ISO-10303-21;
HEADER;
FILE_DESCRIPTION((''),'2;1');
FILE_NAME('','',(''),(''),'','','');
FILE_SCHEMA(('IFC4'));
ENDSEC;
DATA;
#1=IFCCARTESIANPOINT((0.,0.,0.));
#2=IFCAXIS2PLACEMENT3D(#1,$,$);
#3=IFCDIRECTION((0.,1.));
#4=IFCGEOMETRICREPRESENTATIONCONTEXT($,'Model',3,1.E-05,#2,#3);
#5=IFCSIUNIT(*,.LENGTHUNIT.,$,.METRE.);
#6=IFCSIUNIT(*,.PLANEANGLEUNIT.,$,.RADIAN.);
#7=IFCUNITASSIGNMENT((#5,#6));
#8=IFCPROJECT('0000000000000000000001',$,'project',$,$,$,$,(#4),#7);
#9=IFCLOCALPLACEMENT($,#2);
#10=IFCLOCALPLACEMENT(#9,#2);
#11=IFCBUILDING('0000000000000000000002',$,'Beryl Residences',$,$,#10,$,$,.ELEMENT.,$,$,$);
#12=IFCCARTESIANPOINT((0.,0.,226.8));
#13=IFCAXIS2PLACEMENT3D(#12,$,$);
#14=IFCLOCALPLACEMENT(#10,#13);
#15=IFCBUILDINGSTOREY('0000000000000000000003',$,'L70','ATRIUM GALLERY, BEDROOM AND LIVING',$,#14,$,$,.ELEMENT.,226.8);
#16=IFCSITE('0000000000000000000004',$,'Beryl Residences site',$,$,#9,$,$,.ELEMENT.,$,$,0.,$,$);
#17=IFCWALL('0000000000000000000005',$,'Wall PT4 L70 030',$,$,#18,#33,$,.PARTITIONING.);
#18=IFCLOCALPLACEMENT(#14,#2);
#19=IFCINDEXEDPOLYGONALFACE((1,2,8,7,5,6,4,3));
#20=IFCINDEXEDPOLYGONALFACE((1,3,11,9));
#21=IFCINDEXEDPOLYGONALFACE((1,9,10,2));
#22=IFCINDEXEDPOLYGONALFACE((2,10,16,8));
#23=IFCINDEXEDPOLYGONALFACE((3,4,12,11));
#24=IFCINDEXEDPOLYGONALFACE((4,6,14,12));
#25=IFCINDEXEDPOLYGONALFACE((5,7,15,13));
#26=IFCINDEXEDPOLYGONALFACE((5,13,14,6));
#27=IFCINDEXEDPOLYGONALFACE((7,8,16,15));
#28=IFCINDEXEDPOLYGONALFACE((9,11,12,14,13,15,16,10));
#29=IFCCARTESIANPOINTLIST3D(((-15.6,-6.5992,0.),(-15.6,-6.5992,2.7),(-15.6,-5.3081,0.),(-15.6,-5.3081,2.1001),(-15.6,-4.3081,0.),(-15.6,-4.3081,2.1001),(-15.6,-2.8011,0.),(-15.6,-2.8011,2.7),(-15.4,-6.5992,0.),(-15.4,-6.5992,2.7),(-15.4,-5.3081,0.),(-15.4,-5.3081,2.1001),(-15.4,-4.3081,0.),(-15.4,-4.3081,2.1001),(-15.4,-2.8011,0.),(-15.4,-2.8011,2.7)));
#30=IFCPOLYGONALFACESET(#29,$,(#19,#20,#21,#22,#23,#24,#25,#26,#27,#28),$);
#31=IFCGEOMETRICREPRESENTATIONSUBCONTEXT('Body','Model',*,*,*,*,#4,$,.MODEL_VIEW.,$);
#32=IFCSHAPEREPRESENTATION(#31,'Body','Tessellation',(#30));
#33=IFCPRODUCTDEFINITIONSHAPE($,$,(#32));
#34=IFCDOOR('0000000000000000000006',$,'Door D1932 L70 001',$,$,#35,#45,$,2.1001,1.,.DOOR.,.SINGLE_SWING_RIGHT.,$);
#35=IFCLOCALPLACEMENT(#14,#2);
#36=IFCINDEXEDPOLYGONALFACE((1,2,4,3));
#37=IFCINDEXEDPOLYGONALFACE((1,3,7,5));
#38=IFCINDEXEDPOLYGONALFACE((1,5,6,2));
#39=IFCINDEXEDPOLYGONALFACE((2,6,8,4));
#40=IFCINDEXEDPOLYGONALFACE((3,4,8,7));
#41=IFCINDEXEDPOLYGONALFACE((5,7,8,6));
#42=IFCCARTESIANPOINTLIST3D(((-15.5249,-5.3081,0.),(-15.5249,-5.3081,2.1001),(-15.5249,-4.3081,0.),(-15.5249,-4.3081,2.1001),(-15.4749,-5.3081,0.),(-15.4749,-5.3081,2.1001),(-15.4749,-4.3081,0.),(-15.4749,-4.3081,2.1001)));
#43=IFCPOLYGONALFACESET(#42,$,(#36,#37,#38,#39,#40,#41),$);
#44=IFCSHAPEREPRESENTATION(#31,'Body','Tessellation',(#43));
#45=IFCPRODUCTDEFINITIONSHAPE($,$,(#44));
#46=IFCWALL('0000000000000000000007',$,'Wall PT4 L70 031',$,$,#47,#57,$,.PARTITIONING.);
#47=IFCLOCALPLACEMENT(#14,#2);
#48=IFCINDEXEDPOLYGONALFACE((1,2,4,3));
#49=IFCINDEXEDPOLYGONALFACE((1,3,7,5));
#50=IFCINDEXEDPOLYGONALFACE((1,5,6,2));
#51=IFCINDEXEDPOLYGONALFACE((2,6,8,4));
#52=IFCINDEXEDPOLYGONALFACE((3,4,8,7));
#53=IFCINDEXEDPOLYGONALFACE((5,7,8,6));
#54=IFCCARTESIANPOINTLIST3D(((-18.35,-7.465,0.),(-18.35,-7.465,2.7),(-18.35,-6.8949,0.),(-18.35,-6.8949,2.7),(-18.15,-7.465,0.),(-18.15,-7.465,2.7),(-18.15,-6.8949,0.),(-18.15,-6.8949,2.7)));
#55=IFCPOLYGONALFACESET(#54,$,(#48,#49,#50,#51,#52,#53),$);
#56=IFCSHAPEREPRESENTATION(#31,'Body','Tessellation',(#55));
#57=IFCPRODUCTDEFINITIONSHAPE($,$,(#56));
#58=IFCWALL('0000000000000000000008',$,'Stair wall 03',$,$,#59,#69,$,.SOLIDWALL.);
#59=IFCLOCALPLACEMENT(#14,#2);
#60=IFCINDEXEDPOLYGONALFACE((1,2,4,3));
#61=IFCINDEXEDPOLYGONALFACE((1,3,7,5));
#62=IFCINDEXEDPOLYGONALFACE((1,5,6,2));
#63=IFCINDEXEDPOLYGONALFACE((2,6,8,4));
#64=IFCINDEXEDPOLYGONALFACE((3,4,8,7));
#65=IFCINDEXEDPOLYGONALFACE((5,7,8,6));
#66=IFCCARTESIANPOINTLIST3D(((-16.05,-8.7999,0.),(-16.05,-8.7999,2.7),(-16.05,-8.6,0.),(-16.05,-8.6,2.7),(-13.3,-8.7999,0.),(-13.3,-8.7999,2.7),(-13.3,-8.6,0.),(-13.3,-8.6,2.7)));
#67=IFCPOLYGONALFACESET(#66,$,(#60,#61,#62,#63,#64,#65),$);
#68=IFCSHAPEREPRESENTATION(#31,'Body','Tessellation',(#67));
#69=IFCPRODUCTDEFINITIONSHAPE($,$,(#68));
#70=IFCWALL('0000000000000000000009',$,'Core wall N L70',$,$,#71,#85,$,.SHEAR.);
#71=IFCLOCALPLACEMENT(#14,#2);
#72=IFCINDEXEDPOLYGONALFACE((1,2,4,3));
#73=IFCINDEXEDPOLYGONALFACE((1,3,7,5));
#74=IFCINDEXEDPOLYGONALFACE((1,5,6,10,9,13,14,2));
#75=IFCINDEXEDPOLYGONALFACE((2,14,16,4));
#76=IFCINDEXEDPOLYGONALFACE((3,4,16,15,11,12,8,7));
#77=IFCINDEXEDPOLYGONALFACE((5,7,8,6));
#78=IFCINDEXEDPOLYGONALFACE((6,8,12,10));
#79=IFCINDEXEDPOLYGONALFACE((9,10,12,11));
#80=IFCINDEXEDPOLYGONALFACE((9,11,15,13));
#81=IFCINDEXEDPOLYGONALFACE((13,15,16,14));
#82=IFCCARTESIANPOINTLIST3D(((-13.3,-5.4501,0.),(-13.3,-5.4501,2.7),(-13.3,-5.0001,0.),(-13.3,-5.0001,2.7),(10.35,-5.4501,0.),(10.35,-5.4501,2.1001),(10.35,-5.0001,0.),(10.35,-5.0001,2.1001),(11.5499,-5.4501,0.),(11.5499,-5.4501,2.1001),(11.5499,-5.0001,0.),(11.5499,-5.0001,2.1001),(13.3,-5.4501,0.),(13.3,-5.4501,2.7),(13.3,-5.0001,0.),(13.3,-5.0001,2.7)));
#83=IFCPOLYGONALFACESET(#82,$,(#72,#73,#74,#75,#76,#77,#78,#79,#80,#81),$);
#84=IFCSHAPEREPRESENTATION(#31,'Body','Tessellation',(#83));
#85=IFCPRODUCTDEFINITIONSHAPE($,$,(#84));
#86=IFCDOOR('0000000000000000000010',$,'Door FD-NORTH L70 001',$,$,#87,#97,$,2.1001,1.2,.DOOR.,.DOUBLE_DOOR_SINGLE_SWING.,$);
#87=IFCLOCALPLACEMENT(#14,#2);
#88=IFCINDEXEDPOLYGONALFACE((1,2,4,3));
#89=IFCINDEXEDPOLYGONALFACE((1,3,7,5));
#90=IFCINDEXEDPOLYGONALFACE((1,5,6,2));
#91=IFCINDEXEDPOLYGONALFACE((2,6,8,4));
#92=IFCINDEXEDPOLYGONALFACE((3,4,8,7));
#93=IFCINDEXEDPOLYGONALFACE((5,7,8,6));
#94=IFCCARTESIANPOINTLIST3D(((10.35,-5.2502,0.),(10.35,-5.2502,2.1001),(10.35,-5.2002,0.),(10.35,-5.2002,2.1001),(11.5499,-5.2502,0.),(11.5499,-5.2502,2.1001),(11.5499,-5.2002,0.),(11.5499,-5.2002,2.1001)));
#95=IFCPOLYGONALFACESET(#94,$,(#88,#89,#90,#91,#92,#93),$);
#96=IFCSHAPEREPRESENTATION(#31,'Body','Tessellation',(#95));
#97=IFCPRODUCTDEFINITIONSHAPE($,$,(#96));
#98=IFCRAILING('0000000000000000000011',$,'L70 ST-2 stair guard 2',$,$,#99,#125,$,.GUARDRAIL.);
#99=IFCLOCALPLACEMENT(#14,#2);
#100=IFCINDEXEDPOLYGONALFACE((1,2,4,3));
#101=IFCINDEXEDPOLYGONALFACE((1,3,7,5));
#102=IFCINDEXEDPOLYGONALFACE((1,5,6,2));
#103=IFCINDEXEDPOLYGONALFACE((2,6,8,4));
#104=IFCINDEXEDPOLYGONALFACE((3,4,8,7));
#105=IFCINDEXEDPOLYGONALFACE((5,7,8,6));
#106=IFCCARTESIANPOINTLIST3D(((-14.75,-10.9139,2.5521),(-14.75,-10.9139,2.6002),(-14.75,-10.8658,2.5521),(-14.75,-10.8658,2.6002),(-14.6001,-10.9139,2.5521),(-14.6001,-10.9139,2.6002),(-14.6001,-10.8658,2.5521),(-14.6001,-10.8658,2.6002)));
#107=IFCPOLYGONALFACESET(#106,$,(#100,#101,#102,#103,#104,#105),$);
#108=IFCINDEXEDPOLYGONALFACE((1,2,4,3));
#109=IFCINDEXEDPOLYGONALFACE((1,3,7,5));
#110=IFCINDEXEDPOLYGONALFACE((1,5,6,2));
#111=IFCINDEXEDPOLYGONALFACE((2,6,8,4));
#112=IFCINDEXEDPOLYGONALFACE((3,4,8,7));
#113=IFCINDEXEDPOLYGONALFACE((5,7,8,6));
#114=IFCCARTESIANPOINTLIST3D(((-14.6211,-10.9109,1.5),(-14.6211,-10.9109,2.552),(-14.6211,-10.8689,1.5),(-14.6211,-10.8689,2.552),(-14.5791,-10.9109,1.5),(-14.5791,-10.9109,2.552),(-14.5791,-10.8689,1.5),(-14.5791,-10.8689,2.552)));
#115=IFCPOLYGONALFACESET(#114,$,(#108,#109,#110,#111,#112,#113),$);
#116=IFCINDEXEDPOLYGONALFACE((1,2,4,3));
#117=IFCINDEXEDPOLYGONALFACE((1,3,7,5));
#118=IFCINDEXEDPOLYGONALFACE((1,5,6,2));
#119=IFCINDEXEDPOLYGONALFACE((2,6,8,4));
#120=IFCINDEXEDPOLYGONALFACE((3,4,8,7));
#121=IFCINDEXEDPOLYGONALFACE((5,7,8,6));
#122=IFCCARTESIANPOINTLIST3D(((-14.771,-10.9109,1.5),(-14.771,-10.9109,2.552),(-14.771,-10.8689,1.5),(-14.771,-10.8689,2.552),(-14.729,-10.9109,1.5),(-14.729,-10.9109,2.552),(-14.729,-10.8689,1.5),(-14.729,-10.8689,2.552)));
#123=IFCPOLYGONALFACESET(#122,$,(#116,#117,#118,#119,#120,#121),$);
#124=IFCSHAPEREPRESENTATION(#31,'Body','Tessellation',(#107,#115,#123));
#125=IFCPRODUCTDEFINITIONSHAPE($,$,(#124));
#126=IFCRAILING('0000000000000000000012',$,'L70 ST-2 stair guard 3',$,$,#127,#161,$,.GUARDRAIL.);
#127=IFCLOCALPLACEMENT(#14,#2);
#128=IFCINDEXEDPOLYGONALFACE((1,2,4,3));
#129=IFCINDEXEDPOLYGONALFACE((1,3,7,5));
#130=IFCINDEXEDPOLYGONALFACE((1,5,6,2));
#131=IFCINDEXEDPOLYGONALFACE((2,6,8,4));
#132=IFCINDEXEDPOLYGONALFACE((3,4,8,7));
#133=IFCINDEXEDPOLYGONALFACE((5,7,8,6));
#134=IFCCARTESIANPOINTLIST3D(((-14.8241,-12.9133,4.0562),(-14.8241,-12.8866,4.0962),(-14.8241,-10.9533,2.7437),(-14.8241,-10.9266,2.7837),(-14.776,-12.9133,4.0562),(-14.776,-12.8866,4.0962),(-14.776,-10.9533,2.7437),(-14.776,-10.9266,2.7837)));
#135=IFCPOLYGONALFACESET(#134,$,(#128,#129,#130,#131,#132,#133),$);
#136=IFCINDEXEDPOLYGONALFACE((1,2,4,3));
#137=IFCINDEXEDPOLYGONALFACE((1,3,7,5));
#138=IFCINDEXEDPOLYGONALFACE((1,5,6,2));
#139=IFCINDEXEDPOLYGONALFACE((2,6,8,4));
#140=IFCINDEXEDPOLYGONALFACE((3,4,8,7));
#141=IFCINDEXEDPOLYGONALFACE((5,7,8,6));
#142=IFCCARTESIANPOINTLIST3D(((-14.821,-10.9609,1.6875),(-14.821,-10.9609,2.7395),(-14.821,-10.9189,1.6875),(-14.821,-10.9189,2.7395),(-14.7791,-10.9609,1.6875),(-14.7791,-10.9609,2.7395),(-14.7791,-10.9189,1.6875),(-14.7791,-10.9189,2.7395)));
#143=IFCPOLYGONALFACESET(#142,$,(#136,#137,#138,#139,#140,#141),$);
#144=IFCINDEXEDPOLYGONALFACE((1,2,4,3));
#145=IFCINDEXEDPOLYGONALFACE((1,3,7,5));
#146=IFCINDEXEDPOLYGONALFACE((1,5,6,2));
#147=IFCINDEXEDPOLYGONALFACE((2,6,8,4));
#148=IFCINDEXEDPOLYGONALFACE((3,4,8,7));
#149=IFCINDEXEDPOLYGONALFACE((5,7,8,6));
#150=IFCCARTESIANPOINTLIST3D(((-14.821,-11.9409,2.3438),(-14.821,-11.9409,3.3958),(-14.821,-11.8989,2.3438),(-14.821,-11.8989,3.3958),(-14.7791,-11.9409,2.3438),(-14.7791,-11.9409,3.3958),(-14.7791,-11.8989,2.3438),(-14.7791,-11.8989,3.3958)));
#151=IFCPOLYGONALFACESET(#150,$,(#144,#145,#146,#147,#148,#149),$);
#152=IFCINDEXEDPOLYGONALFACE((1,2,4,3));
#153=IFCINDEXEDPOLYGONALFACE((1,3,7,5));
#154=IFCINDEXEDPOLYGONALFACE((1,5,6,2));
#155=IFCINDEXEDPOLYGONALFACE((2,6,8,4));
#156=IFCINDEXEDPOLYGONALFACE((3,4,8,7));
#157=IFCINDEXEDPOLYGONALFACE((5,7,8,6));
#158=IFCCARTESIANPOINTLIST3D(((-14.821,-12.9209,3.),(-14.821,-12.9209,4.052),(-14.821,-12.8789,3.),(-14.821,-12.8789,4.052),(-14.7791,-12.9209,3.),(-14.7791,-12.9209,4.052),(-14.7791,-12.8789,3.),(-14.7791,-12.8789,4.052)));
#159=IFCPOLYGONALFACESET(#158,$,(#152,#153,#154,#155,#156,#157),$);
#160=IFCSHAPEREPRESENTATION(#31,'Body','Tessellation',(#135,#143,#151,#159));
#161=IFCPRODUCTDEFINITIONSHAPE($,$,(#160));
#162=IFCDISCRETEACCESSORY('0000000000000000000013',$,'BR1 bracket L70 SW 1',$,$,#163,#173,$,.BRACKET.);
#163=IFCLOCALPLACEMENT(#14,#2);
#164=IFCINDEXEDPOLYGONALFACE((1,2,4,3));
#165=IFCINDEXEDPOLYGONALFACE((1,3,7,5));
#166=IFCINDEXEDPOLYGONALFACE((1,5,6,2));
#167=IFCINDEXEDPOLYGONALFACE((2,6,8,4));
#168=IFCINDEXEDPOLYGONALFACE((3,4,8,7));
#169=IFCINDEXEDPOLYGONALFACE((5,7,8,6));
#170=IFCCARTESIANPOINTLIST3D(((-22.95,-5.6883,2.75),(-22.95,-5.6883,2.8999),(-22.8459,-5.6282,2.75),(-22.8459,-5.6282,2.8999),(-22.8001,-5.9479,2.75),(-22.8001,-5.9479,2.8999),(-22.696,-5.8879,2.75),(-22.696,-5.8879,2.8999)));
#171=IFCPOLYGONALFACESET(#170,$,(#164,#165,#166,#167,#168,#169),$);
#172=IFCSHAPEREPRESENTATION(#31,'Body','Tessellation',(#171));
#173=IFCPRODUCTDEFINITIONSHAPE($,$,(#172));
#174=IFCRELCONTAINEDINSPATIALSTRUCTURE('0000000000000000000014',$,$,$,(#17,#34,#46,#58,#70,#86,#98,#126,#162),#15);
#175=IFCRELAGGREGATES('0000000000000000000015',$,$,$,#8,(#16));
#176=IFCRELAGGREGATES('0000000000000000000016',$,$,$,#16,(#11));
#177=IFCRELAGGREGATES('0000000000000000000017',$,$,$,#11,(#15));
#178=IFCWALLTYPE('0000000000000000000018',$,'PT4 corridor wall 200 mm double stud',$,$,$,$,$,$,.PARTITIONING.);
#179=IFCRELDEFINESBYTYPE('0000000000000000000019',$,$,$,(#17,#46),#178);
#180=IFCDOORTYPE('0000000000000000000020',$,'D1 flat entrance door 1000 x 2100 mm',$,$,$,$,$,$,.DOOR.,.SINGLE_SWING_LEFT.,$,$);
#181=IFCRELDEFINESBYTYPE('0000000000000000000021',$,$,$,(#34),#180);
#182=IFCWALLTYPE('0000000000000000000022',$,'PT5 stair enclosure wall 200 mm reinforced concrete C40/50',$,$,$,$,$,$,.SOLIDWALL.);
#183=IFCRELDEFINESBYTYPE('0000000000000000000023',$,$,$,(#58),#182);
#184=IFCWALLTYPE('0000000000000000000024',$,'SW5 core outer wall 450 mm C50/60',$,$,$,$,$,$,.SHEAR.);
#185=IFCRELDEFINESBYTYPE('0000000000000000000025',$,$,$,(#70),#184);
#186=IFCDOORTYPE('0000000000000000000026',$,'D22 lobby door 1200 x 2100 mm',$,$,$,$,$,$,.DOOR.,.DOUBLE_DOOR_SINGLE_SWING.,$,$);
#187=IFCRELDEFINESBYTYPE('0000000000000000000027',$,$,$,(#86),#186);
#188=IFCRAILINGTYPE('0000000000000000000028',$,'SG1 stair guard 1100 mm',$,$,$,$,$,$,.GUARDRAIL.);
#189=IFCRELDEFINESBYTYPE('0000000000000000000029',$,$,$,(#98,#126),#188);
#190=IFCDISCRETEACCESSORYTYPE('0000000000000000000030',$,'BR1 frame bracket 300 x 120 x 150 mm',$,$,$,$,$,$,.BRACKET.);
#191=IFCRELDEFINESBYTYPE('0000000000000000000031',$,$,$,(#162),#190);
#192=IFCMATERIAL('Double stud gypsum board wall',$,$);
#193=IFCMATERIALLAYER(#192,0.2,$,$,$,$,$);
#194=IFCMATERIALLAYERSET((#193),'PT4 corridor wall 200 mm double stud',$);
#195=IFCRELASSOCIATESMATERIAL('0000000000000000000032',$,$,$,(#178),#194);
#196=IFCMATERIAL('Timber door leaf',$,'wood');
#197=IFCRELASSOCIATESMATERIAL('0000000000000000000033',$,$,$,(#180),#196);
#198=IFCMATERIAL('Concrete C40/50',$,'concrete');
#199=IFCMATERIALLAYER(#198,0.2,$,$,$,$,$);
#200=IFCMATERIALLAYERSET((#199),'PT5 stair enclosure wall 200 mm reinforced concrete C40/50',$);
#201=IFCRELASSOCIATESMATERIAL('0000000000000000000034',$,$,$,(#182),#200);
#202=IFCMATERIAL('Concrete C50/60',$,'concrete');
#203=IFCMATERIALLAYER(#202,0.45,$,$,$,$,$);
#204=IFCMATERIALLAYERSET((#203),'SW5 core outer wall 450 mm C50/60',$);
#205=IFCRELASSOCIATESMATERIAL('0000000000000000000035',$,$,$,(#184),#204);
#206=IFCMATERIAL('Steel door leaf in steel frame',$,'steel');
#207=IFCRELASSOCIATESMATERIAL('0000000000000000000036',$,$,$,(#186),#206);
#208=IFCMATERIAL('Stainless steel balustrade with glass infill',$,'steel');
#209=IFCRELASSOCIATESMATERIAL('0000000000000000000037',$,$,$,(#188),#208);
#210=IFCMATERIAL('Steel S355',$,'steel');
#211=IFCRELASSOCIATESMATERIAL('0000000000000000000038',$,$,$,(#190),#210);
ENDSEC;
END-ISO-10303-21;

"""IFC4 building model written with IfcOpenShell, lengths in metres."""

from ifc_helpers import new_model, si_unit, direction, frame, frame_2d, origin, origin_2d, place, context, subcontext, project, spatial, polyline, rectangle, outline, extrude, source, transform, mapped, material, layer, layer_set, type_object, type_shapes, element, fill, save


model = new_model("IFC4")

# Units and contexts
model_context = context("Model", 3, precision=1e-05, world=origin(), true_north=direction((0.0, 1.0)))
body_context = subcontext(model_context, "Body", "Model", "MODEL_VIEW")
ifc_project = project(units=[si_unit("LENGTHUNIT", "METRE"), si_unit("PLANEANGLEUNIT", "RADIAN")], contexts=[model_context])

# Site, building, storey
site_placement = place(None, origin())
site = spatial("IfcSite", under=ifc_project, at=site_placement, Name="Beryl Residences site", CompositionType="ELEMENT", RefElevation=0.0)
building_placement = place(site_placement, origin())
building = spatial("IfcBuilding", under=site, at=building_placement, Name="Beryl Residences", CompositionType="ELEMENT")
storey_placement = place(building_placement, frame((0.0, 0.0, 226.8)))
storey = spatial("IfcBuildingStorey", under=building, at=storey_placement, Name="L70", Description="ATRIUM GALLERY, BEDROOM AND LIVING", CompositionType="ELEMENT", Elevation=226.8)

# Shared definitions
ifc_material_1 = material(Name="Double stud gypsum board wall")
ifc_layer_1 = layer(ifc_material_1, 0.2)
ifc_layer_set_1 = layer_set([ifc_layer_1], Name="PT4 corridor wall 200 mm double stud")
wall_type_1 = type_object("IfcWallType", Name="PT4 corridor wall 200 mm double stud", PredefinedType="PARTITIONING", material=ifc_layer_set_1)

# Wall, opening, door
wall_1_placement = place(storey_placement, frame((-15.5, -6.5991, 0.0), z_axis=(0.0, 0.0, 1.0), x_axis=(0.0, 1.0, 0.0)))
wall_1 = element("IfcWall", 1, at=wall_1_placement, inside=storey, type_object=wall_type_1, Name="Wall PT4 L70 030", PredefinedType="PARTITIONING", context=body_context, shape_type="SweptSolid", body=[
    extrude(rectangle(XDim=3.7981, YDim=0.2, at=frame_2d((1.8989, 0.0))), origin(), (0.0, 0.0, 1.0), 2.7),
])
opening_1_placement = place(wall_1_placement, frame((1.291, 0.0, 0.0)))
opening_1 = element("IfcOpeningElement", 2, at=opening_1_placement, cuts=wall_1, PredefinedType="OPENING", context=body_context, shape_type="SweptSolid", body=[
    extrude(rectangle(XDim=1.0, YDim=2.1001, at=frame_2d((0.5, 1.05))), frame((0.0, 0.1099, 0.0), z_axis=(0.0, -1.0, 0.0), x_axis=(1.0, 0.0, 0.0)), (0.0, 0.0, 1.0), 0.22),
])
ifc_material_2 = material(Name="Timber door leaf", Category="wood")
door_type_1 = type_object("IfcDoorType", Name="D1 flat entrance door 1000 x 2100 mm", OperationType="SINGLE_SWING_LEFT", PredefinedType="DOOR", material=ifc_material_2)
door_1_placement = place(opening_1_placement, origin())
door_1 = element("IfcDoor", 3, at=door_1_placement, inside=storey, type_object=door_type_1, Name="Door D1932 L70 001", OperationType="SINGLE_SWING_RIGHT", OverallHeight=2.1001, OverallWidth=1.0, PredefinedType="DOOR", context=body_context, shape_type="SweptSolid", body=[
    extrude(rectangle(XDim=1.0, YDim=2.1001, at=frame_2d((0.5, 1.05))), frame((0.0, 0.0249, 0.0), z_axis=(0.0, -1.0, 0.0), x_axis=(1.0, 0.0, 0.0)), (0.0, 0.0, 1.0), 0.05),
])
fill(opening_1, door_1)

# Walls
wall_2_placement = place(storey_placement, frame((-18.25, -7.4651, 0.0), z_axis=(0.0, 0.0, 1.0), x_axis=(0.0, 1.0, 0.0)))
element("IfcWall", 4, at=wall_2_placement, inside=storey, type_object=wall_type_1, Name="Wall PT4 L70 031", PredefinedType="PARTITIONING", context=body_context, shape_type="SweptSolid", body=[
    extrude(rectangle(XDim=0.5701, YDim=0.2, at=frame_2d((0.2852, 0.0))), origin(), (0.0, 0.0, 1.0), 2.7),
])
ifc_material_3 = material(Name="Concrete C40/50", Category="concrete")
ifc_layer_2 = layer(ifc_material_3, 0.2)
ifc_layer_set_2 = layer_set([ifc_layer_2], Name="PT5 stair enclosure wall 200 mm reinforced concrete C40/50")
wall_type_2 = type_object("IfcWallType", Name="PT5 stair enclosure wall 200 mm reinforced concrete C40/50", PredefinedType="SOLIDWALL", material=ifc_layer_set_2)
wall_3_placement = place(storey_placement, frame((-16.05, -8.7, 0.0), z_axis=(0.0, 0.0, 1.0), x_axis=(1.0, 0.0, 0.0)))
element("IfcWall", 5, at=wall_3_placement, inside=storey, type_object=wall_type_2, Name="Stair wall 03", PredefinedType="SOLIDWALL", context=body_context, shape_type="SweptSolid", body=[
    extrude(rectangle(XDim=2.75, YDim=0.2, at=frame_2d((1.375, 0.0))), origin(), (0.0, 0.0, 1.0), 2.7),
])

# Wall, opening, door
ifc_material_4 = material(Name="Concrete C50/60", Category="concrete")
ifc_layer_3 = layer(ifc_material_4, 0.45)
ifc_layer_set_3 = layer_set([ifc_layer_3], Name="SW5 core outer wall 450 mm C50/60")
wall_type_3 = type_object("IfcWallType", Name="SW5 core outer wall 450 mm C50/60", PredefinedType="SHEAR", material=ifc_layer_set_3)
wall_4_placement = place(storey_placement, frame((-13.3, -5.2251, 0.0), z_axis=(0.0, 0.0, 1.0), x_axis=(1.0, 0.0, 0.0)))
wall_4 = element("IfcWall", 6, at=wall_4_placement, inside=storey, type_object=wall_type_3, Name="Core wall N L70", PredefinedType="SHEAR", context=body_context, shape_type="SweptSolid", body=[
    extrude(rectangle(XDim=26.6001, YDim=0.45, at=frame_2d((13.3, 0.0))), origin(), (0.0, 0.0, 1.0), 2.7),
])
opening_2_placement = place(wall_4_placement, frame((23.6499, 0.0, 0.0)))
opening_2 = element("IfcOpeningElement", 7, at=opening_2_placement, cuts=wall_4, PredefinedType="OPENING", context=body_context, shape_type="SweptSolid", body=[
    extrude(rectangle(XDim=1.2, YDim=2.1001, at=frame_2d((0.6001, 1.05))), frame((0.0, 0.2349, 0.0), z_axis=(0.0, -1.0, 0.0), x_axis=(1.0, 0.0, 0.0)), (0.0, 0.0, 1.0), 0.47),
])
ifc_material_5 = material(Name="Steel door leaf in steel frame", Category="steel")
door_type_2 = type_object("IfcDoorType", Name="D22 lobby door 1200 x 2100 mm", OperationType="DOUBLE_DOOR_SINGLE_SWING", PredefinedType="DOOR", material=ifc_material_5)
door_2_placement = place(opening_2_placement, origin())
door_2 = element("IfcDoor", 8, at=door_2_placement, inside=storey, type_object=door_type_2, Name="Door FD-NORTH L70 001", OperationType="DOUBLE_DOOR_SINGLE_SWING", OverallHeight=2.1001, OverallWidth=1.2, PredefinedType="DOOR", context=body_context, shape_type="SweptSolid", body=[
    extrude(rectangle(XDim=1.2, YDim=2.1001, at=frame_2d((0.6001, 1.05))), frame((0.0, 0.0249, 0.0), z_axis=(0.0, -1.0, 0.0), x_axis=(1.0, 0.0, 0.0)), (0.0, 0.0, 1.0), 0.05),
])
fill(opening_2, door_2)

# Railings
ifc_material_6 = material(Name="Stainless steel balustrade with glass infill", Category="steel")
railing_type = type_object("IfcRailingType", Name="SG1 stair guard 1100 mm", PredefinedType="GUARDRAIL", material=ifc_material_6)
railing_1_placement = place(storey_placement, frame((-14.6001, -10.8899, 1.5)))
element("IfcRailing", 9, at=railing_1_placement, inside=storey, type_object=railing_type, Name="L70 ST-2 stair guard 2", PredefinedType="GUARDRAIL", context=body_context, shape_type="SweptSolid", body=[
    extrude(rectangle(XDim=0.0481, YDim=0.0481, at=origin_2d()), frame((0.0, 0.0, 1.0762), z_axis=(-1.0, 0.0, 0.0), x_axis=(0.0, -1.0, 0.0)), (0.0, 0.0, 1.0), 0.1499),
    extrude(rectangle(XDim=0.042, YDim=0.042, at=origin_2d()), origin(), (0.0, 0.0, 1.0), 1.052),
    extrude(rectangle(XDim=0.042, YDim=0.042, at=origin_2d()), frame((-0.1499, 0.0, 0.0)), (0.0, 0.0, 1.0), 1.052),
])
railing_2_placement = place(storey_placement, frame((-14.8, -10.9399, 1.6875)))
element("IfcRailing", 10, at=railing_2_placement, inside=storey, type_object=railing_type, Name="L70 ST-2 stair guard 3", PredefinedType="GUARDRAIL", context=body_context, shape_type="SweptSolid", body=[
    extrude(rectangle(XDim=0.0481, YDim=0.0481, at=origin_2d()), frame((0.0, 0.0, 1.0762), z_axis=(0.0, -0.830902, 0.556419), x_axis=(1.0, 0.0, 0.0)), (0.0, 0.0, 1.0), 2.3589),
    extrude(rectangle(XDim=0.042, YDim=0.042, at=origin_2d()), origin(), (0.0, 0.0, 1.0), 1.052),
    extrude(rectangle(XDim=0.042, YDim=0.042, at=origin_2d()), frame((0.0, -0.98, 0.6562)), (0.0, 0.0, 1.0), 1.052),
    extrude(rectangle(XDim=0.042, YDim=0.042, at=origin_2d()), frame((0.0, -1.96, 1.3125)), (0.0, 0.0, 1.0), 1.052),
])

# Discrete accessory
ifc_material_7 = material(Name="Steel S355", Category="steel")
discrete_accessory_type = type_object("IfcDiscreteAccessoryType", Name="BR1 frame bracket 300 x 120 x 150 mm", PredefinedType="BRACKET", material=ifc_material_7)
shared_shape_1 = source(origin(), body_context, "Body", "SweptSolid", [
    extrude(outline(polyline([(-0.1499, 0.0), (0.1499, 0.0), (0.1499, 0.1201), (-0.1499, 0.1201), (-0.1499, 0.0)])), origin(), (0.0, 0.0, 1.0), 0.1499),
])
type_shapes(discrete_accessory_type, [shared_shape_1])
discrete_accessory_placement = place(storey_placement, frame((-22.771, -5.7581, 2.75), z_axis=(0.0, 0.0, 1.0), x_axis=(-0.5, 0.866025, 0.0)))
element("IfcDiscreteAccessory", 11, at=discrete_accessory_placement, inside=storey, type_object=discrete_accessory_type, Name="BR1 bracket L70 SW 1", PredefinedType="BRACKET", context=body_context, shape_type="MappedRepresentation", body=[
    mapped(shared_shape_1, transform((0.0, 0.0, 0.0))),
])

save(model, "model.ifc")
